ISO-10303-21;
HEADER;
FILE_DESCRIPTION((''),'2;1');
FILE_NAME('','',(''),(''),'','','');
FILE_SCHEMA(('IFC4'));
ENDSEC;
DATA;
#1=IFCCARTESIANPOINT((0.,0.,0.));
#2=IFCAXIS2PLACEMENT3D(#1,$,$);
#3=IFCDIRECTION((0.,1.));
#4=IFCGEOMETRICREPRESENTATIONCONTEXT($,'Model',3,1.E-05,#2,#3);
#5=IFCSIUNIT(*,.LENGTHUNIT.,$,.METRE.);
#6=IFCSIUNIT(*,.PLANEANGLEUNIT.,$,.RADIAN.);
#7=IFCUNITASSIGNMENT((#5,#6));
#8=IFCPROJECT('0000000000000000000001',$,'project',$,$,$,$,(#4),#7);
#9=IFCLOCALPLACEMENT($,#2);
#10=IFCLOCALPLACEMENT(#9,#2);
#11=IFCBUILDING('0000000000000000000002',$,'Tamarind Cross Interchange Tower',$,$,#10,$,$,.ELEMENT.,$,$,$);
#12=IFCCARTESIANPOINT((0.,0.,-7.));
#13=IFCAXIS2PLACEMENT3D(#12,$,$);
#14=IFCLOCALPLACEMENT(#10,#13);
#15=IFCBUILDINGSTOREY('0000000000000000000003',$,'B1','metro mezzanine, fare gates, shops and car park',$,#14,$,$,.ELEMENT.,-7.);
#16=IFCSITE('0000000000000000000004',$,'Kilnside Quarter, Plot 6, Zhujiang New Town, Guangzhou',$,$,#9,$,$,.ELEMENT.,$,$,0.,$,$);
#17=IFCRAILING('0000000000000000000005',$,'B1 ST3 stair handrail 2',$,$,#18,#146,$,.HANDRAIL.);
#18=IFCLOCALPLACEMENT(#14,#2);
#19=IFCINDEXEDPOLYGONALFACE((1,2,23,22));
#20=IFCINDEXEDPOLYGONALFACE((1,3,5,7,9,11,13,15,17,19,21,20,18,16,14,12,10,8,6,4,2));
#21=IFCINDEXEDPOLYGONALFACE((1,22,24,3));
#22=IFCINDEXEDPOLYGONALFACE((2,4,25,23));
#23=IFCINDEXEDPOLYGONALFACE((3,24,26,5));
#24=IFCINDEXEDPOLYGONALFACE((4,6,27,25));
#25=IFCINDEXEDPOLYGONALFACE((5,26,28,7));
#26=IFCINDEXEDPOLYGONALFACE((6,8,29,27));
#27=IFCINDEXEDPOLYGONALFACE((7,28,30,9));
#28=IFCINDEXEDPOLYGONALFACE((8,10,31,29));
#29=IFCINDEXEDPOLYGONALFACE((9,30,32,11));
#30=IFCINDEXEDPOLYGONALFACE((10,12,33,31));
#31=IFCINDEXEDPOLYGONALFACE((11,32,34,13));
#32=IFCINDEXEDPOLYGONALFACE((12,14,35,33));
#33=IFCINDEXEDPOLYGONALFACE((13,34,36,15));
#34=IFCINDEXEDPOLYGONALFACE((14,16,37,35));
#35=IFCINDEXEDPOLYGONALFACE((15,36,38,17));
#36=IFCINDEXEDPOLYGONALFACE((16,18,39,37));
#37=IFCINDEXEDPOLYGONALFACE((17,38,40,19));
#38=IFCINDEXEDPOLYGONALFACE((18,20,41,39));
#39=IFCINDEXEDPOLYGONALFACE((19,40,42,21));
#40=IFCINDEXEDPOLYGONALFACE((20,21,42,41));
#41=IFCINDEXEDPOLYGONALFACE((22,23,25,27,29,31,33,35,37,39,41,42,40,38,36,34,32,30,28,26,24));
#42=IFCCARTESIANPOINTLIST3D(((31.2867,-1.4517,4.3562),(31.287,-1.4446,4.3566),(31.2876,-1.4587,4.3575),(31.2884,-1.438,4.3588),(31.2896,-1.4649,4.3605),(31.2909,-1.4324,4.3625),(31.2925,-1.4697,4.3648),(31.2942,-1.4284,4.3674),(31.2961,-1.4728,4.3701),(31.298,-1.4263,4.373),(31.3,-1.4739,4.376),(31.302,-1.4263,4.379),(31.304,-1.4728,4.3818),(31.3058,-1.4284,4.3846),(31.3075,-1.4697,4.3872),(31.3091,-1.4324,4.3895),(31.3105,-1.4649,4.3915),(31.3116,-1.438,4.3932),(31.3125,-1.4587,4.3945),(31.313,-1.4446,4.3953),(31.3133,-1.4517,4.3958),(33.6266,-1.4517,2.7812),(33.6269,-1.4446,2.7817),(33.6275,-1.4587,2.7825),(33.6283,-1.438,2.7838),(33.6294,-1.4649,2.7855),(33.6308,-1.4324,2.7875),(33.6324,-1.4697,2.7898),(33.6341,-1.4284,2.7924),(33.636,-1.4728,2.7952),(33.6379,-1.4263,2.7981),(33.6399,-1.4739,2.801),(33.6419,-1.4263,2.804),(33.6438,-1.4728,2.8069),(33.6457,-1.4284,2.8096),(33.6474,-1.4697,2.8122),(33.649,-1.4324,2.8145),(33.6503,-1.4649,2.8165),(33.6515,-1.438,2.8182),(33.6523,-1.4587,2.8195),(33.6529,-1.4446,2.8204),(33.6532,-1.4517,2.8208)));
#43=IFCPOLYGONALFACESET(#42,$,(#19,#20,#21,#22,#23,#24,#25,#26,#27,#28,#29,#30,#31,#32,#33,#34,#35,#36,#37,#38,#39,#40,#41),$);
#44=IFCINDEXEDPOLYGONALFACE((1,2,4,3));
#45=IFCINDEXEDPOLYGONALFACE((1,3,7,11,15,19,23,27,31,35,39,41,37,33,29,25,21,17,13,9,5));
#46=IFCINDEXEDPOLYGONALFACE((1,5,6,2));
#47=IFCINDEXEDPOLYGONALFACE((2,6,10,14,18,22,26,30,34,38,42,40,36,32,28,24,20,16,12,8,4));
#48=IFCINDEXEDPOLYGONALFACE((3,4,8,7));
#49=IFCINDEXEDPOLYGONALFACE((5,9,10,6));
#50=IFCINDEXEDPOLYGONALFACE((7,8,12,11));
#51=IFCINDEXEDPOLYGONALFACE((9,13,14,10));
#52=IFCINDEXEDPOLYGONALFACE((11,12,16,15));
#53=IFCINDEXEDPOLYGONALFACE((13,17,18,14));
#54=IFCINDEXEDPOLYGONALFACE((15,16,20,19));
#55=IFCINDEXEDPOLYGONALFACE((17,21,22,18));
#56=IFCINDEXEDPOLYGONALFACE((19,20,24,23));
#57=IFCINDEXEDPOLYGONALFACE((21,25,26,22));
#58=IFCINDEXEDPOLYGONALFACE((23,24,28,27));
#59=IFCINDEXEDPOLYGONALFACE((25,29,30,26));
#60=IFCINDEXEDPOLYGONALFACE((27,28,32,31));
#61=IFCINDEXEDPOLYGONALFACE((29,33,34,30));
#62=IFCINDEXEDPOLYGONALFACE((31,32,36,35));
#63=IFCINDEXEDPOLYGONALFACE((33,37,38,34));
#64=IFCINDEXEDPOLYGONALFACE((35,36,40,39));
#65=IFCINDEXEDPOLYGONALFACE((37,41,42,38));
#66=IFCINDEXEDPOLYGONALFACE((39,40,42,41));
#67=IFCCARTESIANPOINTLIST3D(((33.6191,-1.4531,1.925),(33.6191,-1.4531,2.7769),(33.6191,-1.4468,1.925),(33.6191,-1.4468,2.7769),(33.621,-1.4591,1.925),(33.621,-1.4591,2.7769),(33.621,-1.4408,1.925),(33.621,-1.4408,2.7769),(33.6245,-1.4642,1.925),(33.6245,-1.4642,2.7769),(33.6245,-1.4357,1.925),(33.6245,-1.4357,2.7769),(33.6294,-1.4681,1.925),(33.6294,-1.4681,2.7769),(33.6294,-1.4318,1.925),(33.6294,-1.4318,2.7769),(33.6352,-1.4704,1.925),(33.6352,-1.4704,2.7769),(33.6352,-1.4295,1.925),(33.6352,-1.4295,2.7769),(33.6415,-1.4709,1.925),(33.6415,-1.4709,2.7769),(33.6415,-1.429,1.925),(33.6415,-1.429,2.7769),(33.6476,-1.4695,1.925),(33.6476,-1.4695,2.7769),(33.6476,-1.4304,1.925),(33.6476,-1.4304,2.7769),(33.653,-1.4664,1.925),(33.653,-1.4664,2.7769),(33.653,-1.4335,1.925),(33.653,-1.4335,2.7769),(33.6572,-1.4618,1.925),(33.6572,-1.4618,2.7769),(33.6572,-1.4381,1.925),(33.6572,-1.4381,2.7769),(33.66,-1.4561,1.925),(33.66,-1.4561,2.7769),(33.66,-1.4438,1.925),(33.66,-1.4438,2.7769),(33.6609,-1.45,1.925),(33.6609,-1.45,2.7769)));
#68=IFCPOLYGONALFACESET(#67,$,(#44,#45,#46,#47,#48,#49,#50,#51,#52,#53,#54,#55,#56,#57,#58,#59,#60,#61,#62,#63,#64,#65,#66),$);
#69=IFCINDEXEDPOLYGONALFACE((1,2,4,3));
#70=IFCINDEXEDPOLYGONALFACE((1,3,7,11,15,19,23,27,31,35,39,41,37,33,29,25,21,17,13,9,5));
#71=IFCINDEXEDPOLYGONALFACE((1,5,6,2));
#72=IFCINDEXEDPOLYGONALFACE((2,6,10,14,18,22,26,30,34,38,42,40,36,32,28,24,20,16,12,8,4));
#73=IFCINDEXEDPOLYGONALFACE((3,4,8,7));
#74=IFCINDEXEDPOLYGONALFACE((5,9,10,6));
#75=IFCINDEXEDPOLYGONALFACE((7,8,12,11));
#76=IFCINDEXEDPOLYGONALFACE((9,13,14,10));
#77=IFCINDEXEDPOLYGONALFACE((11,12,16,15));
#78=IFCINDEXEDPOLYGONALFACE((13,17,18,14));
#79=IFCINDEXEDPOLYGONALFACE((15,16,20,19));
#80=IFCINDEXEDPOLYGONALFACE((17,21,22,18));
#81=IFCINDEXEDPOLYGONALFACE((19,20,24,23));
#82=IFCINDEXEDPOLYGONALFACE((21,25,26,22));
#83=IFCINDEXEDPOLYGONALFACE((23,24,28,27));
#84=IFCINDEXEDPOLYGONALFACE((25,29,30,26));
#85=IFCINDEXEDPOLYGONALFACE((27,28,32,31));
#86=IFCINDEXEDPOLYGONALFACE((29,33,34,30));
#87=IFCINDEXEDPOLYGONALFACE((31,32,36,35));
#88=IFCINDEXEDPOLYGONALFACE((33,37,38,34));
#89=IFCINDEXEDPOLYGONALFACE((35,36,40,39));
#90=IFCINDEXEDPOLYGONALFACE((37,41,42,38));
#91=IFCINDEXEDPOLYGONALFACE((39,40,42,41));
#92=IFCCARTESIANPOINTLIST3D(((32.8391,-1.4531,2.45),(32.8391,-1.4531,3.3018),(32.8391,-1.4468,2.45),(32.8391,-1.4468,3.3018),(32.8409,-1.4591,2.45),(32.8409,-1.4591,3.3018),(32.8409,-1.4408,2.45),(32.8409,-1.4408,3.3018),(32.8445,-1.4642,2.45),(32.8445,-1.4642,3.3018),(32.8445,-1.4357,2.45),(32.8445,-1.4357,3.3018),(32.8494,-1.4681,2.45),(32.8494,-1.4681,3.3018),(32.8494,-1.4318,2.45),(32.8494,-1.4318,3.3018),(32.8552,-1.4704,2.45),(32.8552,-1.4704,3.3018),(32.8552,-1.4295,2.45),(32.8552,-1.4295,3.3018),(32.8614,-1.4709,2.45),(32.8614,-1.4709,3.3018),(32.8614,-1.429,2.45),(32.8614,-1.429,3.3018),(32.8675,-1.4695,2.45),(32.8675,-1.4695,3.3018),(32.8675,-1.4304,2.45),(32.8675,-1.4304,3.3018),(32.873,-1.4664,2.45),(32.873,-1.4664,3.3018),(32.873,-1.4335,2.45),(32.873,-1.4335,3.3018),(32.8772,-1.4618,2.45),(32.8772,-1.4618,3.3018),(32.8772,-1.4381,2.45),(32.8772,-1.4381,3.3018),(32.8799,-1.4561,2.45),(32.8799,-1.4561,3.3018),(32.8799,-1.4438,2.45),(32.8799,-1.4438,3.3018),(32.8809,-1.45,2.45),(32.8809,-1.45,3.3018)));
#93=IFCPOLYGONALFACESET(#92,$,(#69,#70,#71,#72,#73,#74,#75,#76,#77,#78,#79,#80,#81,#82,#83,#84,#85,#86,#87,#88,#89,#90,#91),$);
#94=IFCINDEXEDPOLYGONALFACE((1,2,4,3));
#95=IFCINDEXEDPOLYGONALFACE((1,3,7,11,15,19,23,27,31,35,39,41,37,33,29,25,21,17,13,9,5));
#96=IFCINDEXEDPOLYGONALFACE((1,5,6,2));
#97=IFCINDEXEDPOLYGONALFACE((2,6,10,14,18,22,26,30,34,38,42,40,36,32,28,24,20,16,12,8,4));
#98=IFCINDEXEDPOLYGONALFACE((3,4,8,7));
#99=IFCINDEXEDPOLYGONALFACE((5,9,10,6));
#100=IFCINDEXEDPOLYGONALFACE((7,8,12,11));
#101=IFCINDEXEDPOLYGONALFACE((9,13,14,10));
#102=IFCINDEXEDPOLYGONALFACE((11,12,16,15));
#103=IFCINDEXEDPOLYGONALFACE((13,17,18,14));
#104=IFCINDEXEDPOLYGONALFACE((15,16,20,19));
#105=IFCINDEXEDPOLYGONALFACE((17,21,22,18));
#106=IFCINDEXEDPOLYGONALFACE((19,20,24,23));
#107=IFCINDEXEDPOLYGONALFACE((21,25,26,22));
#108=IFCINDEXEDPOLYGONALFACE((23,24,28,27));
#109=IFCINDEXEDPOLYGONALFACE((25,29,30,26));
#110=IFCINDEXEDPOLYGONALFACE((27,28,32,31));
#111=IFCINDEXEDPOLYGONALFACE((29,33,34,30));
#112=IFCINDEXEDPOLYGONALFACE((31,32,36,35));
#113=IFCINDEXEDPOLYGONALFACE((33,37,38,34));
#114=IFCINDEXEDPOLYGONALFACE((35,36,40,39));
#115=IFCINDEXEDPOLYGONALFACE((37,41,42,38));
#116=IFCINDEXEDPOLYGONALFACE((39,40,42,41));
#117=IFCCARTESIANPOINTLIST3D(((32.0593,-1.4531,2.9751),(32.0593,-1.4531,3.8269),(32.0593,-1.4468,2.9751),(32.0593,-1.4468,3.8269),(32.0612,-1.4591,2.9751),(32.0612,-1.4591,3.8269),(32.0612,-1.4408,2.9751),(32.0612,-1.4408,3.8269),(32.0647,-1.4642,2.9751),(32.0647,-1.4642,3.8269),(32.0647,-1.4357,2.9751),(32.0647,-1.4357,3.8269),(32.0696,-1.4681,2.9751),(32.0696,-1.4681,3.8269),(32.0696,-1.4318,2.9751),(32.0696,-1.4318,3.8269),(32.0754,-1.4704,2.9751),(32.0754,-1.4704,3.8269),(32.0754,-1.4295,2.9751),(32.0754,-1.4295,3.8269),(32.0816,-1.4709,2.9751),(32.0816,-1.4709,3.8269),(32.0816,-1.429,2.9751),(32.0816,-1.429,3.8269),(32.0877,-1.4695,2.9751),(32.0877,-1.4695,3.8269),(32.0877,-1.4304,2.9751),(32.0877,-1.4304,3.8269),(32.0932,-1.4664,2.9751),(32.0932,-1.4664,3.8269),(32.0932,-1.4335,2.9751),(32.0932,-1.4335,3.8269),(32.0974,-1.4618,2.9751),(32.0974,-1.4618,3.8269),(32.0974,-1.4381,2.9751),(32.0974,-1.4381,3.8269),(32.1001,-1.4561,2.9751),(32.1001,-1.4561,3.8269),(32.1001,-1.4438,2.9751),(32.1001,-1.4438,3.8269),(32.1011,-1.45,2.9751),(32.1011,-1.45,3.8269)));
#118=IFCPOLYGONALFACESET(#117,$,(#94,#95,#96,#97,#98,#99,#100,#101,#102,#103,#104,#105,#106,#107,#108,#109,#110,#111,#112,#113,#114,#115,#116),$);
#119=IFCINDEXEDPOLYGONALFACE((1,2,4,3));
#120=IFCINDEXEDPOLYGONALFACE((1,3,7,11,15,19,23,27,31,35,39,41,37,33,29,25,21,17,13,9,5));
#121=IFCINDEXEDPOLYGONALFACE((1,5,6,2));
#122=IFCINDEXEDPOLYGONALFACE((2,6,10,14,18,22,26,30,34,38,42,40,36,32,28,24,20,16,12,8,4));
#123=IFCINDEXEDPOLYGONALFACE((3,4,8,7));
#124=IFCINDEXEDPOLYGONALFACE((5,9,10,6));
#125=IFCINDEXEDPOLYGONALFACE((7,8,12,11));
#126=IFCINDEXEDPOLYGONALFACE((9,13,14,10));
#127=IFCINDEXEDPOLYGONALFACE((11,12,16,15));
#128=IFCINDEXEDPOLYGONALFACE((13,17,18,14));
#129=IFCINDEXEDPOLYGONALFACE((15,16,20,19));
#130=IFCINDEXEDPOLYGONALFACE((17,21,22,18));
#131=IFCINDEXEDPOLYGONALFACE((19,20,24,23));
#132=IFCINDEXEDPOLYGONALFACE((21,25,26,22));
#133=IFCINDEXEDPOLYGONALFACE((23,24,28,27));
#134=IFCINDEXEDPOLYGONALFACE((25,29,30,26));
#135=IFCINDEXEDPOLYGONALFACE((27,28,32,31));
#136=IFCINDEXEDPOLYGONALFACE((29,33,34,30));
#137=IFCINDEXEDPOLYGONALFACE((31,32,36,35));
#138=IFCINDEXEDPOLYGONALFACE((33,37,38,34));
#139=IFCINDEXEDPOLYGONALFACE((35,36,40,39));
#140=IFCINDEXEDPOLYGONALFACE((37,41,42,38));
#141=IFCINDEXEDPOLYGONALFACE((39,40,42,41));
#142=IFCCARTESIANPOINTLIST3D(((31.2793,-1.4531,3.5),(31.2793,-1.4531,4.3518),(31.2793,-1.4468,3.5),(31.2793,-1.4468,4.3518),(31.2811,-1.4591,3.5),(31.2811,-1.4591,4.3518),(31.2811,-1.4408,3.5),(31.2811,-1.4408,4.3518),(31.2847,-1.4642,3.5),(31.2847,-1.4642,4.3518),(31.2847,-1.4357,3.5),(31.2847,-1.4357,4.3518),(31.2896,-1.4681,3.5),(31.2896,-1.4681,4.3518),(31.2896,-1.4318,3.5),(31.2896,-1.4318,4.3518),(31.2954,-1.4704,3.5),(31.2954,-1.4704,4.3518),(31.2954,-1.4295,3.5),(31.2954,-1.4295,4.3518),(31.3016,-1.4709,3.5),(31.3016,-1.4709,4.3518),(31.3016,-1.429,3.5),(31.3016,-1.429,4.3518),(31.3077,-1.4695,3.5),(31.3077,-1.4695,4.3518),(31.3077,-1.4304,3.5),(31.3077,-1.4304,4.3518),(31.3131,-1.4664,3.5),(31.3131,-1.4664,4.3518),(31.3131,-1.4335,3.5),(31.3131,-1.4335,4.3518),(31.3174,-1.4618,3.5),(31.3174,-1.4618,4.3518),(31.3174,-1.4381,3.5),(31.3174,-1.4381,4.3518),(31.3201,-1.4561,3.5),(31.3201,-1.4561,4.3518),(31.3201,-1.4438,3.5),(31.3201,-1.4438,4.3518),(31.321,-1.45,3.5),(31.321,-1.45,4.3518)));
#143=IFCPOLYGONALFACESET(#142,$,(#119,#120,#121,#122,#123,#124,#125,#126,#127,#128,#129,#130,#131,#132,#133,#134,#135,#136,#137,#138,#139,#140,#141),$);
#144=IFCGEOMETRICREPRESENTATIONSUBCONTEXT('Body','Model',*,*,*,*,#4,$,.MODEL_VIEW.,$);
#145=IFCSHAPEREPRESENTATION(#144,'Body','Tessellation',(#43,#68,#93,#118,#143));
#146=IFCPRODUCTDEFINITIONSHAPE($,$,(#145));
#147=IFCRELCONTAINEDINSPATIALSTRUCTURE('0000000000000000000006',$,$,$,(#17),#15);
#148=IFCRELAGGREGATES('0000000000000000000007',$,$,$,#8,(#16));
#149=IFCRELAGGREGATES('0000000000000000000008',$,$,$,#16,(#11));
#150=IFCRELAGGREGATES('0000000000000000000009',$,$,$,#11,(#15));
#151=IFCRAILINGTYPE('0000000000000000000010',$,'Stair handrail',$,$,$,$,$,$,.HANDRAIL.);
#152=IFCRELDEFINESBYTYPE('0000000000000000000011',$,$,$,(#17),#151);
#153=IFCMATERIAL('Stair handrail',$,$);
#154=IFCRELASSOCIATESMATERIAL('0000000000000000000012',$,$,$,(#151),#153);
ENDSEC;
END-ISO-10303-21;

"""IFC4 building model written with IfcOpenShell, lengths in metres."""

from ifc_helpers import new_model, si_unit, direction, frame, origin, origin_2d, place, context, subcontext, project, spatial, circle, extrude, material, type_object, element, save


model = new_model("IFC4")

# Units and contexts
model_context = context("Model", 3, precision=1e-05, world=origin(), true_north=direction((0.0, 1.0)))
body_context = subcontext(model_context, "Body", "Model", "MODEL_VIEW")
ifc_project = project(units=[si_unit("LENGTHUNIT", "METRE"), si_unit("PLANEANGLEUNIT", "RADIAN")], contexts=[model_context])

# Site, building, storey
site_placement = place(None, origin())
site = spatial("IfcSite", under=ifc_project, at=site_placement, Name="Kilnside Quarter, Plot 6, Zhujiang New Town, Guangzhou", CompositionType="ELEMENT", RefElevation=0.0)
building_placement = place(site_placement, origin())
building = spatial("IfcBuilding", under=site, at=building_placement, Name="Tamarind Cross Interchange Tower", CompositionType="ELEMENT")
storey_placement = place(building_placement, frame((0.0, 0.0, -7.0)))
storey = spatial("IfcBuildingStorey", under=building, at=storey_placement, Name="B1", Description="metro mezzanine, fare gates, shops and car park", CompositionType="ELEMENT", Elevation=-7.0)

# Railing
ifc_material_1 = material(Name="Stair handrail")
railing_type_1 = type_object("IfcRailingType", Name="Stair handrail", PredefinedType="HANDRAIL", material=ifc_material_1)
railing_1_placement = place(storey_placement, frame((33.6399, -1.45, 1.925)))
element("IfcRailing", 1, at=railing_1_placement, inside=storey, type_object=railing_type_1, Name="B1 ST3 stair handrail 2", PredefinedType="HANDRAIL", context=body_context, shape_type="SweptSolid", body=[
    extrude(circle(Radius=0.0239, at=origin_2d()), frame((0.0, 0.0, 0.876), z_axis=(-0.829578, 0.0, 0.55839), x_axis=(0.0, -1.0, 0.0)), (0.0, 0.0, 1.0), 2.8206),
    extrude(circle(Radius=0.021, at=origin_2d()), origin(), (0.0, 0.0, 1.0), 0.8518),
    extrude(circle(Radius=0.021, at=origin_2d()), frame((-0.78, 0.0, 0.5249)), (0.0, 0.0, 1.0), 0.8518),
    extrude(circle(Radius=0.021, at=origin_2d()), frame((-1.5598, 0.0, 1.05)), (0.0, 0.0, 1.0), 0.8518),
    extrude(circle(Radius=0.021, at=origin_2d()), frame((-2.3398, 0.0, 1.575)), (0.0, 0.0, 1.0), 0.8518),
])

save(model, "model.ifc")
